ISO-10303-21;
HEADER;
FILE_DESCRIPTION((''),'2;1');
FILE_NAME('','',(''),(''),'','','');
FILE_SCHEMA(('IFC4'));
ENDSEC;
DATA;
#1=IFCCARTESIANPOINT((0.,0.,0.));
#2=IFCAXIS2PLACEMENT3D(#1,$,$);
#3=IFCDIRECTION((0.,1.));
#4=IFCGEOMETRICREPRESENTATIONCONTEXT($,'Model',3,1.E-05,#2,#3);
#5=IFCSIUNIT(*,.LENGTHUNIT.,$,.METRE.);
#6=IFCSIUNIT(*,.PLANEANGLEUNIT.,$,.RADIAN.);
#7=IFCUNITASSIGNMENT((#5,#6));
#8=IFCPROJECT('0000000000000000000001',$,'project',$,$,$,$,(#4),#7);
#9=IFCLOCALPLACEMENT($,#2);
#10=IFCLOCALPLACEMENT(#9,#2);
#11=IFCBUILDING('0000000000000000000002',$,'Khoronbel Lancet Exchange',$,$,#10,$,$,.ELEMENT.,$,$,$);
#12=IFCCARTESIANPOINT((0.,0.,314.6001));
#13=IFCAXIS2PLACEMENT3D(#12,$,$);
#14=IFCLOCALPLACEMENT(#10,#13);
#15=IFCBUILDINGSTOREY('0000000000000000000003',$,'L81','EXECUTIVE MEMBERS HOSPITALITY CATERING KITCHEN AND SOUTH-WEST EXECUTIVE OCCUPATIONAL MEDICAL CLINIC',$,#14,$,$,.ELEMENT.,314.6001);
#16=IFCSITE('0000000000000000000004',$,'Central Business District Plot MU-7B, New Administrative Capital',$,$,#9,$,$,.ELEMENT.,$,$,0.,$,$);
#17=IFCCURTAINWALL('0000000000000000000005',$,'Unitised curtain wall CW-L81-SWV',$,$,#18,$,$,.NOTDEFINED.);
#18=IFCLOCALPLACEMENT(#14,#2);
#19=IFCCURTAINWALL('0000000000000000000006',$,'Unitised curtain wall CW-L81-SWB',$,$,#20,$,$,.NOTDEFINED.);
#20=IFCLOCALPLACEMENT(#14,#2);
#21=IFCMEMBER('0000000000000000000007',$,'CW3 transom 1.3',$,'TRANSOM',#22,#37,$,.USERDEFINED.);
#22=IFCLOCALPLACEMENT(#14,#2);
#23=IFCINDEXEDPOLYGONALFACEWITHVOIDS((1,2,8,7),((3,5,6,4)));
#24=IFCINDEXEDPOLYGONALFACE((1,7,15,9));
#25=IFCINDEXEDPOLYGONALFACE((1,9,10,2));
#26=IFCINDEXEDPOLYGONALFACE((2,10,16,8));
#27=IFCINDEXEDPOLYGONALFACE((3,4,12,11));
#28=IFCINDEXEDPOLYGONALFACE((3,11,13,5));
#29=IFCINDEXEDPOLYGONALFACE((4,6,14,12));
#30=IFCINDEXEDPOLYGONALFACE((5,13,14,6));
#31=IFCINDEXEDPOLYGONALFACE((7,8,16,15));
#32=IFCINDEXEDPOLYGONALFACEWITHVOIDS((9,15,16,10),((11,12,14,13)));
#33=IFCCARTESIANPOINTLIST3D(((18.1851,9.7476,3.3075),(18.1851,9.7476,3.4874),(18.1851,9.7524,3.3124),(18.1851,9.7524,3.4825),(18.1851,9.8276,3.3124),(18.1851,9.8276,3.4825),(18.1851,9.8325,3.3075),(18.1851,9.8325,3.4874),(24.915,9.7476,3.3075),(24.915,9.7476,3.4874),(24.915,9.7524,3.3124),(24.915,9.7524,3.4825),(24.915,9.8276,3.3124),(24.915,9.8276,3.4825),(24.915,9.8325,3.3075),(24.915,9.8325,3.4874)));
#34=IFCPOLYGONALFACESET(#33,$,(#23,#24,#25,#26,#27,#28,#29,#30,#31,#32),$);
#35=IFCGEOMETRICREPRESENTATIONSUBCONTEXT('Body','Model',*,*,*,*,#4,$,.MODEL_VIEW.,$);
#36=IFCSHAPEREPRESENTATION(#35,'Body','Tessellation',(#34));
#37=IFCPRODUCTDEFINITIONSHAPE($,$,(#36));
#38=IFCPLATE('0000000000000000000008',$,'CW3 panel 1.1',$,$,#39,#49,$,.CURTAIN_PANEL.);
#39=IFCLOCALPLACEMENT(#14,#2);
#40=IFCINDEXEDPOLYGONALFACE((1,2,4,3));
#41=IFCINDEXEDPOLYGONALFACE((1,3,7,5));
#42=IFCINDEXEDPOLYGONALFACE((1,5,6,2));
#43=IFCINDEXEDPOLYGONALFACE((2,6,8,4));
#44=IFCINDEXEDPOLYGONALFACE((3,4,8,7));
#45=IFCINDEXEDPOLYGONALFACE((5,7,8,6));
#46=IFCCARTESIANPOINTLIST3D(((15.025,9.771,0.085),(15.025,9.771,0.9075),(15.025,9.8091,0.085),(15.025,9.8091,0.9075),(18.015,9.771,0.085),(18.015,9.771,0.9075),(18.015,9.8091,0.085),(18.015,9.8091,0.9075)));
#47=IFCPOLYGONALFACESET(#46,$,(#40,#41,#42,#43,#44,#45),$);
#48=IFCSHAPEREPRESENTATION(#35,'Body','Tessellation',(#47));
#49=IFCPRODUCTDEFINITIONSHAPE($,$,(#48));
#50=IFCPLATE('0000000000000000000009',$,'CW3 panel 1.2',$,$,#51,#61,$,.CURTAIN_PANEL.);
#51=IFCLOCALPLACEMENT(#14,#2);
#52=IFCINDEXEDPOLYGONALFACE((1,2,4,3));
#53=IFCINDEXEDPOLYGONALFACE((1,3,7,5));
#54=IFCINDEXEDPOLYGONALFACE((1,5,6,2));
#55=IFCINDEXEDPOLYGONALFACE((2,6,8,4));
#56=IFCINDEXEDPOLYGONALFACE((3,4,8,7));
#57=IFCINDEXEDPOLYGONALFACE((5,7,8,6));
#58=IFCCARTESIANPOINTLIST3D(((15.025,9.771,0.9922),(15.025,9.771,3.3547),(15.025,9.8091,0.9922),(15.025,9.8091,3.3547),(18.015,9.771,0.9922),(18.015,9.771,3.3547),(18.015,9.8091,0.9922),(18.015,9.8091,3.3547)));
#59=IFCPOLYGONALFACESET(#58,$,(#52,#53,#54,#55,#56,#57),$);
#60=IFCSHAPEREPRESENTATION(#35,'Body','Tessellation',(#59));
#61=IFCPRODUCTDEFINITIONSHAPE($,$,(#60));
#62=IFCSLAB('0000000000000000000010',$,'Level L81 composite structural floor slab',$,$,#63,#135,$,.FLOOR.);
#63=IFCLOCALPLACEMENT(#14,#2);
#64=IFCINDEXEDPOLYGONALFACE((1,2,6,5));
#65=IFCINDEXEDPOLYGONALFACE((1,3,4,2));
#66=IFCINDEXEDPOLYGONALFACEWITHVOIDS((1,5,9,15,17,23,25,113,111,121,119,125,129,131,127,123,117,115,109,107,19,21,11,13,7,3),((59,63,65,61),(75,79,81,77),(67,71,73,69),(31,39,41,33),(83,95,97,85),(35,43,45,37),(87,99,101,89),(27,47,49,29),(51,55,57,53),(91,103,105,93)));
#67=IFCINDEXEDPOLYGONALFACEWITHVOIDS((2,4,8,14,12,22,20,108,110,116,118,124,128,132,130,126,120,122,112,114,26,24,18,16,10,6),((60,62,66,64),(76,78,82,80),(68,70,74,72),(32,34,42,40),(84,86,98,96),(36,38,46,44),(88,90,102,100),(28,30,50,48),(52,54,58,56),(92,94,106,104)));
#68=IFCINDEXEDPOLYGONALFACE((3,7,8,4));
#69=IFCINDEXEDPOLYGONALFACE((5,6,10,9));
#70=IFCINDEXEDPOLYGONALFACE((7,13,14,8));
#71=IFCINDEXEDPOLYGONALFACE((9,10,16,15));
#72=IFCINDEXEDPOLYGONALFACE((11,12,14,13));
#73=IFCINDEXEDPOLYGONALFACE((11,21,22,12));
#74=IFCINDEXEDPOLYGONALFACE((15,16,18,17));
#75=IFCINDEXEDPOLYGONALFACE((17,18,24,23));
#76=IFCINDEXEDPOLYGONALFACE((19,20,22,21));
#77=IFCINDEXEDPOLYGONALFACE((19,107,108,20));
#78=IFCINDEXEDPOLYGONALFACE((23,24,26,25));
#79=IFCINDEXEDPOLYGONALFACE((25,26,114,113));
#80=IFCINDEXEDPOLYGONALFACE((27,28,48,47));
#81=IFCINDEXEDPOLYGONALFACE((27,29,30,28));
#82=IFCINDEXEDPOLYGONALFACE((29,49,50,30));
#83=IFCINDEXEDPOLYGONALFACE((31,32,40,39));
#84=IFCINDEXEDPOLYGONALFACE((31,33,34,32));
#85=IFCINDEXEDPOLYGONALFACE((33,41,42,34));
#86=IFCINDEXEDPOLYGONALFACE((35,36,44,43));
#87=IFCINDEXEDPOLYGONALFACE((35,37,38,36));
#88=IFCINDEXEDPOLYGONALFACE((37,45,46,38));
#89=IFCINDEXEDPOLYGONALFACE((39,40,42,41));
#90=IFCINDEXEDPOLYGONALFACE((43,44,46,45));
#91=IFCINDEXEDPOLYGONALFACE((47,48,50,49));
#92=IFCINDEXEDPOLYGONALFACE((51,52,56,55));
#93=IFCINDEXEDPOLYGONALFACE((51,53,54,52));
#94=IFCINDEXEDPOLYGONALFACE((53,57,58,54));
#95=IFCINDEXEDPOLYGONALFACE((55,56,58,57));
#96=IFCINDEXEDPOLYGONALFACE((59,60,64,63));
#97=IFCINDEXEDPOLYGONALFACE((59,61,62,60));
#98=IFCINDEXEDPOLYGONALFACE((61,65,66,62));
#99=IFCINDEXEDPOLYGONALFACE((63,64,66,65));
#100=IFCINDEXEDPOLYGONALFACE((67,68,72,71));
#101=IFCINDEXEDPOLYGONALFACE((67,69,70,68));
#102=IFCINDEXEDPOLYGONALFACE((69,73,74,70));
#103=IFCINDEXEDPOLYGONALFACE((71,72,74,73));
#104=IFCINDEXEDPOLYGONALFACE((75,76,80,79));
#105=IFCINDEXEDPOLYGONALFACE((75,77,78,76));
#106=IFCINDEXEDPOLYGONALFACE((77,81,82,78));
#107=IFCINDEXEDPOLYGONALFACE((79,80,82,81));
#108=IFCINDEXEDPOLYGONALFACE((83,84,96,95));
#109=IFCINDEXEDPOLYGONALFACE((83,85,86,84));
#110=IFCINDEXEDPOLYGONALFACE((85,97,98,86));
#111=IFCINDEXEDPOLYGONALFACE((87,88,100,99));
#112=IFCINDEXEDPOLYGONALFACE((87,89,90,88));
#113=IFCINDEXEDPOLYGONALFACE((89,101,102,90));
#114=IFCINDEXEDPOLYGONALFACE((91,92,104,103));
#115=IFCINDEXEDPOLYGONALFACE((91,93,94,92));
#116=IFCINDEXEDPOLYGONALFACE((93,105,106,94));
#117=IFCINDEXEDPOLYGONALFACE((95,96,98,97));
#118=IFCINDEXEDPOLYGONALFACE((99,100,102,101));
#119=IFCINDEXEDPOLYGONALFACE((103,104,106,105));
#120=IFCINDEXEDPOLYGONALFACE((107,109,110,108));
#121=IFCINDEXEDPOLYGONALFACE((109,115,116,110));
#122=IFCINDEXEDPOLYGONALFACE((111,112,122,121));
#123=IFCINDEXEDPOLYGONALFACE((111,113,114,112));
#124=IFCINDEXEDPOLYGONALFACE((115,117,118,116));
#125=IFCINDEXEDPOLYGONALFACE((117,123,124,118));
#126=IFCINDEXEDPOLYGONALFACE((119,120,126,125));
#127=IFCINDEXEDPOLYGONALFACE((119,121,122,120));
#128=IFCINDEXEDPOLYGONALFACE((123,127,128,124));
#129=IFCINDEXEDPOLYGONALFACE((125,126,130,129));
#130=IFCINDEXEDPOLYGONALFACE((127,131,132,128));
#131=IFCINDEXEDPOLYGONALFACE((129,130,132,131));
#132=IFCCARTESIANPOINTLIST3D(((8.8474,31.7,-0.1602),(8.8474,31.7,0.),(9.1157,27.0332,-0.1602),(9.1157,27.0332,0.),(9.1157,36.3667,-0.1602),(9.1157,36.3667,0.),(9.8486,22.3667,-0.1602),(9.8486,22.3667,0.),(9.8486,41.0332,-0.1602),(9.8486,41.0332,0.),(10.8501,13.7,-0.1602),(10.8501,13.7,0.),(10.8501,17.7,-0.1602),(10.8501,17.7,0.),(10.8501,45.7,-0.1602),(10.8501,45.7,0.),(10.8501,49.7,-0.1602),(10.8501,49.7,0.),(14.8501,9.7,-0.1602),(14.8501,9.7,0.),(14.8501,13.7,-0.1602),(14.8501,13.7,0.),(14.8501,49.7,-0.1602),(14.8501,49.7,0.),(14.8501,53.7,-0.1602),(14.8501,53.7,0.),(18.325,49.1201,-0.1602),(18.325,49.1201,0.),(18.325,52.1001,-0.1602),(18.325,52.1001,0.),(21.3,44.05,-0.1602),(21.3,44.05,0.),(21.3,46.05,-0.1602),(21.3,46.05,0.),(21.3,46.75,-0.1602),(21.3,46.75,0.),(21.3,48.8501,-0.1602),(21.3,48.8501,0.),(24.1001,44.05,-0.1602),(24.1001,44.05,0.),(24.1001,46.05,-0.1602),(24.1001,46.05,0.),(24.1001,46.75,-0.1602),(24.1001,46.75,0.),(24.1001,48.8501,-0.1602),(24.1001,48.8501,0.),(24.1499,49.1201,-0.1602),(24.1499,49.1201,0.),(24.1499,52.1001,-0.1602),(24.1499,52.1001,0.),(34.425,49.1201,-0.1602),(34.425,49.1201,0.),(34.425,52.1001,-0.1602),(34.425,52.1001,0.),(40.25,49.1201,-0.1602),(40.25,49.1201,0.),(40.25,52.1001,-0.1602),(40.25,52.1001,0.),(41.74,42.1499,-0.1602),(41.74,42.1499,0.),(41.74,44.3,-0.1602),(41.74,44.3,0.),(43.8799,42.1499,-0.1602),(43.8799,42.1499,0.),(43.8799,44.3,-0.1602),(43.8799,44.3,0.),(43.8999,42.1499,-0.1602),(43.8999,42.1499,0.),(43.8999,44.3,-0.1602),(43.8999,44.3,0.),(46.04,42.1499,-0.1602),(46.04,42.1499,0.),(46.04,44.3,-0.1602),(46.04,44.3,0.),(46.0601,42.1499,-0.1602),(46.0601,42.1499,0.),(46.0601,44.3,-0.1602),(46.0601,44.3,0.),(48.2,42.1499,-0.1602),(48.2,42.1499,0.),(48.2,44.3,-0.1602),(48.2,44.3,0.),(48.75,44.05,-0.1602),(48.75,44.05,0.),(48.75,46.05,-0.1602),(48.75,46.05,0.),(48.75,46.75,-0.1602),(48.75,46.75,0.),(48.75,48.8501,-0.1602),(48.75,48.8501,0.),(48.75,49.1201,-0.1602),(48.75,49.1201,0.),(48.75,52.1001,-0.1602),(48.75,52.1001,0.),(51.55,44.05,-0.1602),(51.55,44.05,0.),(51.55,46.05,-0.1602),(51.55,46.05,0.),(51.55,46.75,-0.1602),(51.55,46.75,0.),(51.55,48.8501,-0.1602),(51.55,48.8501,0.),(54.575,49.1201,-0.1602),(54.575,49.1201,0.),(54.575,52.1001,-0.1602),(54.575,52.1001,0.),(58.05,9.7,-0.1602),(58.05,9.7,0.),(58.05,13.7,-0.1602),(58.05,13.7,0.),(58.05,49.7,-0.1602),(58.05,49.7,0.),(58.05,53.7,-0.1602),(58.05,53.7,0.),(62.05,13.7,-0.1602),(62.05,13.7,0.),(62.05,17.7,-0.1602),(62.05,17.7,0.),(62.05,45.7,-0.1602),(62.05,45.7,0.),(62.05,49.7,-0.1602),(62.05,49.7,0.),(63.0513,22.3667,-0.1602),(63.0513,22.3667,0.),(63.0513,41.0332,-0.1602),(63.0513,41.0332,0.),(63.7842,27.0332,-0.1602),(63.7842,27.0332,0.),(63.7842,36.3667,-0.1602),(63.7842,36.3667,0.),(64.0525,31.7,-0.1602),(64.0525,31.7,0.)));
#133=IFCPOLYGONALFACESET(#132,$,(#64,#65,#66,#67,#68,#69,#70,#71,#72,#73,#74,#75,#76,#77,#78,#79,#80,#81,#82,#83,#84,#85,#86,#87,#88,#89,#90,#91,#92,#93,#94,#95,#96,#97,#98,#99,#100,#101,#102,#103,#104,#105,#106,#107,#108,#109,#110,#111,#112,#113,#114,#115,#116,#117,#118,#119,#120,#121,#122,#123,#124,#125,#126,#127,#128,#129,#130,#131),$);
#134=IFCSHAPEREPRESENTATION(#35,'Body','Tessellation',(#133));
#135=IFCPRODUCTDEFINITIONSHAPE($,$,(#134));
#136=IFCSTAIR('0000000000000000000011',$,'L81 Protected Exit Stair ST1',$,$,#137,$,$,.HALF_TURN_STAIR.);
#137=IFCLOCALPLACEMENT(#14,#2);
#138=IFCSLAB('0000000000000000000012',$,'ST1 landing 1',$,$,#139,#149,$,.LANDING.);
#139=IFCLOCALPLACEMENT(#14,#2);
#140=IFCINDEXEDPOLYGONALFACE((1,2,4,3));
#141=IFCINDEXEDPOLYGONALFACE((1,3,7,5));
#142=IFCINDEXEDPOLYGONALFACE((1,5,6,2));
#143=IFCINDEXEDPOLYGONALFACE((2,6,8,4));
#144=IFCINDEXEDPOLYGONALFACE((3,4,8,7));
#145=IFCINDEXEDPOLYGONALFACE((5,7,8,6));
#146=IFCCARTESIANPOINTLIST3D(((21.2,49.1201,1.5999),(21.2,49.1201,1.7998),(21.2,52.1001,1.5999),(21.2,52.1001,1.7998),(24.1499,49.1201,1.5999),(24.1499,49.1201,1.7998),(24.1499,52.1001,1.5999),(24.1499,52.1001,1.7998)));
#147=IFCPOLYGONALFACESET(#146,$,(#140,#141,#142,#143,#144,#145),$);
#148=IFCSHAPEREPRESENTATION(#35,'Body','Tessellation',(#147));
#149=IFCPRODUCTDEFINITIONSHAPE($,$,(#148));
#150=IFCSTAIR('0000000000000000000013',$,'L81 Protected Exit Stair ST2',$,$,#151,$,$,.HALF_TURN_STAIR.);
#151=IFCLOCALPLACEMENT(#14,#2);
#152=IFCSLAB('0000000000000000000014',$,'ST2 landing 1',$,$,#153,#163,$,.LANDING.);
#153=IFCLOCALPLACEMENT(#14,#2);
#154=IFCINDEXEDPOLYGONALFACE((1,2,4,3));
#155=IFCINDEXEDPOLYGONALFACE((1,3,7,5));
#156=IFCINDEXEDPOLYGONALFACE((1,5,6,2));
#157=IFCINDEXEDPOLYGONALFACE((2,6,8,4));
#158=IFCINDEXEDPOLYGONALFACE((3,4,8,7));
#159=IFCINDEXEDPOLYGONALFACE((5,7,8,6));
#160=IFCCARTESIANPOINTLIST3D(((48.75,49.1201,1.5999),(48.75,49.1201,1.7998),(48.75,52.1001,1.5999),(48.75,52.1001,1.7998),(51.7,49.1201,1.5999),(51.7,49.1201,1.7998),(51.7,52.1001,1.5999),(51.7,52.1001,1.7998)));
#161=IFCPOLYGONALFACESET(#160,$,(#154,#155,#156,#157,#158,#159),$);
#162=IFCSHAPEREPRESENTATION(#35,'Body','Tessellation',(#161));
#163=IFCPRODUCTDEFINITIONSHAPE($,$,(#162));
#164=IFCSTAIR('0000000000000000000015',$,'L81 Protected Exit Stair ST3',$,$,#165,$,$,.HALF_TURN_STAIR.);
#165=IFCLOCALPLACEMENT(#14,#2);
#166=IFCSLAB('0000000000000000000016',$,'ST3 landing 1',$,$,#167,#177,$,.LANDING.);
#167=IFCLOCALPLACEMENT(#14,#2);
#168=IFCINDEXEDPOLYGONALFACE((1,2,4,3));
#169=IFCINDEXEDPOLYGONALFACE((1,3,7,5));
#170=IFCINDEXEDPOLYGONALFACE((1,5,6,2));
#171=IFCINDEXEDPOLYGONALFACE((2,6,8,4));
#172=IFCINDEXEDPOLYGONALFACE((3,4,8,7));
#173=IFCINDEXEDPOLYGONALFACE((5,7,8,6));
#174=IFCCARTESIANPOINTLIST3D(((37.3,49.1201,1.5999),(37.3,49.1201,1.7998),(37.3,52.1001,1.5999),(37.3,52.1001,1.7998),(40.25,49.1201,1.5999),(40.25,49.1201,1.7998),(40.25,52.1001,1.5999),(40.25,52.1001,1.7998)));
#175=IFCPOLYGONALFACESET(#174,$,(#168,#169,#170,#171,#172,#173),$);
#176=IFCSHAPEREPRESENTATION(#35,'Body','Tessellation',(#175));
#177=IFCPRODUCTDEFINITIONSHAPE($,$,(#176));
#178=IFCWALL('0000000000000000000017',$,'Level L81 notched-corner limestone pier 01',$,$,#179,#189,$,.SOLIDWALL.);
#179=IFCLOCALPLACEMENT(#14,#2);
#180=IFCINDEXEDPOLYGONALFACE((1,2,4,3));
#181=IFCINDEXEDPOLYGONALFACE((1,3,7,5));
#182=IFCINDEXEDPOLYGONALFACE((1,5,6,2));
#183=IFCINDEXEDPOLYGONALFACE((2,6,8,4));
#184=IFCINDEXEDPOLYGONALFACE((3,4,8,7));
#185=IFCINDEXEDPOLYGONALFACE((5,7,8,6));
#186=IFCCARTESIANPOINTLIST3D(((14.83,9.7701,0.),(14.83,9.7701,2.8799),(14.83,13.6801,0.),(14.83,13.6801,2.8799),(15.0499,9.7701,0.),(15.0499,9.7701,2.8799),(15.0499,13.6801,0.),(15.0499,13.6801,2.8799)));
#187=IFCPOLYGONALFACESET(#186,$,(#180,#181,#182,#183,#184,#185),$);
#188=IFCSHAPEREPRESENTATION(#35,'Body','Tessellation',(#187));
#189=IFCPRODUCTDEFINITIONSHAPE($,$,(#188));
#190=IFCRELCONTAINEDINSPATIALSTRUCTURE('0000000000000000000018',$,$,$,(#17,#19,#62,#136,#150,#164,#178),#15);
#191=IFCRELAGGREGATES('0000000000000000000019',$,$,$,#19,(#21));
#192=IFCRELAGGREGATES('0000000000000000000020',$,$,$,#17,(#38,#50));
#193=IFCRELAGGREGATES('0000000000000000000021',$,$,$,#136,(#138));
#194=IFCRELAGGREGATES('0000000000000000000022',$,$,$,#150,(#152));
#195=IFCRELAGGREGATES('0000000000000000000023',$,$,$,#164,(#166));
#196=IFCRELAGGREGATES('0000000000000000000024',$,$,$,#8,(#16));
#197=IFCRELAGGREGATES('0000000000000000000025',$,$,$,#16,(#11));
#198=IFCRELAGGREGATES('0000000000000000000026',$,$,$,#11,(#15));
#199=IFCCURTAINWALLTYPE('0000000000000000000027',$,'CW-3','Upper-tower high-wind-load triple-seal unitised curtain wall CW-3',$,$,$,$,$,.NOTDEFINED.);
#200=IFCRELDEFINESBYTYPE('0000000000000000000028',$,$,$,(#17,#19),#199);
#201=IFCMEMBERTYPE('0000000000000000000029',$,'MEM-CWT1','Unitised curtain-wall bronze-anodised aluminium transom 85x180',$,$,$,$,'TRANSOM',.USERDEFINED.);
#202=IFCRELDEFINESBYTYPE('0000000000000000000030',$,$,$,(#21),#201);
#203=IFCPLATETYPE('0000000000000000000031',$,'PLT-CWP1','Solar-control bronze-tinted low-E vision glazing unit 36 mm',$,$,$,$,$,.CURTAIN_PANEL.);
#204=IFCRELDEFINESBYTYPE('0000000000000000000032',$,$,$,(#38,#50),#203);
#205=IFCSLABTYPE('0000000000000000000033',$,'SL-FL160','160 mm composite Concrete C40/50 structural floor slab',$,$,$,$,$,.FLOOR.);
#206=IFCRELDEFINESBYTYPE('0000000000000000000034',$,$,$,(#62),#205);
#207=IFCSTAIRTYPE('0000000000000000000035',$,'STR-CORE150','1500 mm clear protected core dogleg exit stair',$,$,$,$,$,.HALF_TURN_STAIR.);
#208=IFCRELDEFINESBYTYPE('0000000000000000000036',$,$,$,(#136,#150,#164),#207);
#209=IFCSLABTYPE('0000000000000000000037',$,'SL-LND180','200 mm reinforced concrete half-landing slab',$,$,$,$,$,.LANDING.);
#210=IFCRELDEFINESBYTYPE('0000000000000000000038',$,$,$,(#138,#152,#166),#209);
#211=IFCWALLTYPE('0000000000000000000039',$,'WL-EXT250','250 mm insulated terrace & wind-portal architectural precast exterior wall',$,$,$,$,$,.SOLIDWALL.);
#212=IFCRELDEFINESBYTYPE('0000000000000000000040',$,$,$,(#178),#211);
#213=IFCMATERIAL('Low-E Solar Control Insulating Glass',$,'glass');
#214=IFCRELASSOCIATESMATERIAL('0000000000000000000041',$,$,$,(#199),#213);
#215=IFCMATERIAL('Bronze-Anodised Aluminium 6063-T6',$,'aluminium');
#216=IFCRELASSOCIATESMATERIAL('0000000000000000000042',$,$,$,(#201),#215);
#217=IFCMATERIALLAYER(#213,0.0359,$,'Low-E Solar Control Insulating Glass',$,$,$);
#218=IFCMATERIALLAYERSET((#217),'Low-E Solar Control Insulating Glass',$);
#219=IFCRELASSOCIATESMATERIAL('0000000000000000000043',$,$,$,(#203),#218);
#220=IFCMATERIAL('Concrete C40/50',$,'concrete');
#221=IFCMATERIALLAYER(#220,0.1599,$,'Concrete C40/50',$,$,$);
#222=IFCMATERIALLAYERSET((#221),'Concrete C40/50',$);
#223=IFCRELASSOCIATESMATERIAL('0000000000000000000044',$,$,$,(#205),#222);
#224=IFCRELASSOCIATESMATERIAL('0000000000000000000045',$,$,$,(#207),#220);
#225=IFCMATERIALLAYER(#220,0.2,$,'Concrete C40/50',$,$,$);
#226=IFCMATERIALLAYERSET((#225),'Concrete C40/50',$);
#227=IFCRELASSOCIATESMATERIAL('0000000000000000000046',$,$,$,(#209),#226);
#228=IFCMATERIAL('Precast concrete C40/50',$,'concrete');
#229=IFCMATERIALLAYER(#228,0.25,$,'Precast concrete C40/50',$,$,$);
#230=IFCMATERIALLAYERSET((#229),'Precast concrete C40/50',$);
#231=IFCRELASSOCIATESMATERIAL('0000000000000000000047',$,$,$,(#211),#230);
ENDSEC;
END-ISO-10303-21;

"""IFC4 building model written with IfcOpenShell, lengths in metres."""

from ifc_helpers import new_model, si_unit, direction, frame, frame_2d, origin, origin_2d, place, context, subcontext, project, spatial, polyline, rectangle, hollow_rectangle, outline, extrude, material, layer, layer_set, material_profile, profile_set, type_object, element, aggregate, save


model = new_model("IFC4")

# Units and contexts
model_context = context("Model", 3, precision=1e-05, world=origin(), true_north=direction((0.0, 1.0)))
body_context = subcontext(model_context, "Body", "Model", "MODEL_VIEW")
ifc_project = project(units=[si_unit("LENGTHUNIT", "METRE"), si_unit("PLANEANGLEUNIT", "RADIAN")], contexts=[model_context])

# Site, building, storey
site_placement = place(None, origin())
site = spatial("IfcSite", under=ifc_project, at=site_placement, Name="Central Business District Plot MU-7B, New Administrative Capital", CompositionType="ELEMENT", RefElevation=0.0)
building_placement = place(site_placement, origin())
building = spatial("IfcBuilding", under=site, at=building_placement, Name="Khoronbel Lancet Exchange", CompositionType="ELEMENT")
storey_placement = place(building_placement, frame((0.0, 0.0, 314.6001)))
storey = spatial("IfcBuildingStorey", under=building, at=storey_placement, Name="L81", Description="EXECUTIVE MEMBERS HOSPITALITY CATERING KITCHEN AND SOUTH-WEST EXECUTIVE OCCUPATIONAL MEDICAL CLINIC", CompositionType="ELEMENT", Elevation=314.6001)

# Curtain wall
ifc_material_1 = material(Name="Low-E Solar Control Insulating Glass", Category="glass")
curtain_wall_type = type_object("IfcCurtainWallType", Name="CW-3", Description="Upper-tower high-wind-load triple-seal unitised curtain wall CW-3", PredefinedType="NOTDEFINED", material=ifc_material_1)
curtain_wall_1_placement = place(storey_placement, origin())
curtain_wall_1 = element("IfcCurtainWall", 1, at=curtain_wall_1_placement, inside=storey, type_object=curtain_wall_type, Name="Unitised curtain wall CW-L81-SWV", PredefinedType="NOTDEFINED")
ifc_material_2 = material(Name="Bronze-Anodised Aluminium 6063-T6", Category="aluminium")

# Curtain wall
curtain_wall_2_placement = place(storey_placement, origin())
curtain_wall_2 = element("IfcCurtainWall", 2, at=curtain_wall_2_placement, inside=storey, type_object=curtain_wall_type, Name="Unitised curtain wall CW-L81-SWB", PredefinedType="NOTDEFINED")

# Member
ifc_material_profile_1 = material_profile(ifc_material_2, hollow_rectangle(XDim=0.085, YDim=0.1799, WallThickness=0.0049, at=origin_2d()), Name="ALU TRANSOM 85x180")
ifc_profile_set_1 = profile_set([ifc_material_profile_1], Name="Bronze-Anodised Aluminium 6063-T6")
member_type_1 = type_object("IfcMemberType", Name="MEM-CWT1", Description="Unitised curtain-wall bronze-anodised aluminium transom 85x180", ElementType="TRANSOM", PredefinedType="USERDEFINED", material=ifc_profile_set_1)
member_1_placement = place(storey_placement, frame((18.1851, 9.79, 3.3975), z_axis=(1.0, 0.0, 0.0), x_axis=(0.0, 1.0, 0.0)))
member_1 = element("IfcMember", 3, at=member_1_placement, type_object=member_type_1, Name="CW3 transom 1.3", ObjectType="TRANSOM", PredefinedType="USERDEFINED", context=body_context, shape_type="SweptSolid", body=[
    extrude(hollow_rectangle(XDim=0.085, YDim=0.1799, WallThickness=0.0049, at=origin_2d()), origin(), (0.0, 0.0, 1.0), 6.73),
])
aggregate(curtain_wall_2, [member_1])

# Plates
ifc_layer_1 = layer(ifc_material_1, 0.0359, Name="Low-E Solar Control Insulating Glass")
ifc_layer_set_1 = layer_set([ifc_layer_1], Name="Low-E Solar Control Insulating Glass")
plate_type = type_object("IfcPlateType", Name="PLT-CWP1", Description="Solar-control bronze-tinted low-E vision glazing unit 36 mm", PredefinedType="CURTAIN_PANEL", material=ifc_layer_set_1)
plate_1_placement = place(storey_placement, frame((16.52, 9.79, 0.085), z_axis=(0.0, 0.0, 1.0), x_axis=(1.0, 0.0, 0.0)))
plate_1 = element("IfcPlate", 4, at=plate_1_placement, type_object=plate_type, Name="CW3 panel 1.1", PredefinedType="CURTAIN_PANEL", context=body_context, shape_type="SweptSolid", body=[
    extrude(rectangle(XDim=2.99, YDim=0.0381, at=origin_2d()), origin(), (0.0, 0.0, 1.0), 0.8225),
])
plate_2_placement = place(storey_placement, frame((16.52, 9.79, 0.9922), z_axis=(0.0, 0.0, 1.0), x_axis=(1.0, 0.0, 0.0)))
plate_2 = element("IfcPlate", 5, at=plate_2_placement, type_object=plate_type, Name="CW3 panel 1.2", PredefinedType="CURTAIN_PANEL", context=body_context, shape_type="SweptSolid", body=[
    extrude(rectangle(XDim=2.99, YDim=0.0381, at=origin_2d()), origin(), (0.0, 0.0, 1.0), 2.3625),
])
aggregate(curtain_wall_1, [plate_1, plate_2])

# Slab
ifc_material_3 = material(Name="Concrete C40/50", Category="concrete")
ifc_layer_2 = layer(ifc_material_3, 0.1599, Name="Concrete C40/50")
ifc_layer_set_2 = layer_set([ifc_layer_2], Name="Concrete C40/50")
slab_type_1 = type_object("IfcSlabType", Name="SL-FL160", Description="160 mm composite Concrete C40/50 structural floor slab", PredefinedType="FLOOR", material=ifc_layer_set_2)
slab_1_placement = place(storey_placement, frame((0.0, 0.0, -0.1602)))
element("IfcSlab", 6, at=slab_1_placement, inside=storey, type_object=slab_type_1, Name="Level L81 composite structural floor slab", PredefinedType="FLOOR", context=body_context, shape_type="SweptSolid", body=[
    extrude(outline(polyline([(14.8501, 9.7), (58.05, 9.7), (58.05, 13.7), (62.05, 13.7), (62.05, 17.7), (63.0513, 22.3667), (63.7842, 27.0332), (64.0525, 31.7), (63.7842, 36.3667), (63.0513, 41.0332), (62.05, 45.7), (62.05, 49.7), (58.05, 49.7), (58.05, 53.7), (14.8501, 53.7), (14.8501, 49.7), (10.8501, 49.7), (10.8501, 45.7), (9.8486, 41.0332), (9.1157, 36.3667), (8.8474, 31.7), (9.1157, 27.0332), (9.8486, 22.3667), (10.8501, 17.7), (10.8501, 13.7), (14.8501, 13.7), (14.8501, 9.7)]), holes=[polyline([(18.325, 49.1201), (24.1499, 49.1201), (24.1499, 52.1001), (18.325, 52.1001), (18.325, 49.1201)]), polyline([(48.75, 49.1201), (54.575, 49.1201), (54.575, 52.1001), (48.75, 52.1001), (48.75, 49.1201)]), polyline([(34.425, 49.1201), (40.25, 49.1201), (40.25, 52.1001), (34.425, 52.1001), (34.425, 49.1201)]), polyline([(41.74, 42.1499), (43.8799, 42.1499), (43.8799, 44.3), (41.74, 44.3), (41.74, 42.1499)]), polyline([(43.8999, 42.1499), (46.04, 42.1499), (46.04, 44.3), (43.8999, 44.3), (43.8999, 42.1499)]), polyline([(46.0601, 42.1499), (48.2, 42.1499), (48.2, 44.3), (46.0601, 44.3), (46.0601, 42.1499)]), polyline([(21.3, 46.75), (24.1001, 46.75), (24.1001, 48.8501), (21.3, 48.8501), (21.3, 46.75)]), polyline([(48.75, 46.75), (51.55, 46.75), (51.55, 48.8501), (48.75, 48.8501), (48.75, 46.75)]), polyline([(21.3, 44.05), (24.1001, 44.05), (24.1001, 46.05), (21.3, 46.05), (21.3, 44.05)]), polyline([(48.75, 44.05), (51.55, 44.05), (51.55, 46.05), (48.75, 46.05), (48.75, 44.05)])]), origin(), (0.0, 0.0, 1.0), 0.1602),
])

# Stairs, slabs
stair_type = type_object("IfcStairType", Name="STR-CORE150", Description="1500 mm clear protected core dogleg exit stair", PredefinedType="HALF_TURN_STAIR", material=ifc_material_3)
stair_1_placement = place(storey_placement, origin())
stair_1 = element("IfcStair", 7, at=stair_1_placement, inside=storey, type_object=stair_type, Name="L81 Protected Exit Stair ST1", PredefinedType="HALF_TURN_STAIR")
ifc_layer_3 = layer(ifc_material_3, 0.2, Name="Concrete C40/50")
ifc_layer_set_3 = layer_set([ifc_layer_3], Name="Concrete C40/50")
slab_type_2 = type_object("IfcSlabType", Name="SL-LND180", Description="200 mm reinforced concrete half-landing slab", PredefinedType="LANDING", material=ifc_layer_set_3)
slab_2_placement = place(storey_placement, frame((0.0, 0.0, 1.5999)))
slab_2 = element("IfcSlab", 8, at=slab_2_placement, type_object=slab_type_2, Name="ST1 landing 1", PredefinedType="LANDING", context=body_context, shape_type="SweptSolid", body=[
    extrude(outline(polyline([(21.2, 49.1201), (24.1499, 49.1201), (24.1499, 52.1001), (21.2, 52.1001), (21.2, 49.1201)])), origin(), (0.0, 0.0, 1.0), 0.2),
])
aggregate(stair_1, [slab_2])
stair_2_placement = place(storey_placement, origin())
stair_2 = element("IfcStair", 9, at=stair_2_placement, inside=storey, type_object=stair_type, Name="L81 Protected Exit Stair ST2", PredefinedType="HALF_TURN_STAIR")
slab_3_placement = place(storey_placement, frame((0.0, 0.0, 1.5999)))
slab_3 = element("IfcSlab", 10, at=slab_3_placement, type_object=slab_type_2, Name="ST2 landing 1", PredefinedType="LANDING", context=body_context, shape_type="SweptSolid", body=[
    extrude(outline(polyline([(51.7, 52.1001), (48.75, 52.1001), (48.75, 49.1201), (51.7, 49.1201), (51.7, 52.1001)])), origin(), (0.0, 0.0, 1.0), 0.2),
])
aggregate(stair_2, [slab_3])
stair_3_placement = place(storey_placement, origin())
stair_3 = element("IfcStair", 11, at=stair_3_placement, inside=storey, type_object=stair_type, Name="L81 Protected Exit Stair ST3", PredefinedType="HALF_TURN_STAIR")
slab_4_placement = place(storey_placement, frame((0.0, 0.0, 1.5999)))
slab_4 = element("IfcSlab", 12, at=slab_4_placement, type_object=slab_type_2, Name="ST3 landing 1", PredefinedType="LANDING", context=body_context, shape_type="SweptSolid", body=[
    extrude(outline(polyline([(37.3, 49.1201), (40.25, 49.1201), (40.25, 52.1001), (37.3, 52.1001), (37.3, 49.1201)])), origin(), (0.0, 0.0, 1.0), 0.2),
])
aggregate(stair_3, [slab_4])

# Wall
ifc_material_4 = material(Name="Precast concrete C40/50", Category="concrete")
ifc_layer_4 = layer(ifc_material_4, 0.25, Name="Precast concrete C40/50")
ifc_layer_set_4 = layer_set([ifc_layer_4], Name="Precast concrete C40/50")
wall_type_1 = type_object("IfcWallType", Name="WL-EXT250", Description="250 mm insulated terrace & wind-portal architectural precast exterior wall", PredefinedType="SOLIDWALL", material=ifc_layer_set_4)
wall_1_placement = place(storey_placement, frame((14.9399, 9.77, 0.0), z_axis=(0.0, 0.0, 1.0), x_axis=(0.0, 1.0, 0.0)))
element("IfcWall", 13, at=wall_1_placement, inside=storey, type_object=wall_type_1, Name="Level L81 notched-corner limestone pier 01", PredefinedType="SOLIDWALL", context=body_context, shape_type="SweptSolid", body=[
    extrude(rectangle(XDim=3.9099, YDim=0.22, at=frame_2d((1.9551, 0.0))), origin(), (0.0, 0.0, 1.0), 2.8799),
])

save(model, "model.ifc")
